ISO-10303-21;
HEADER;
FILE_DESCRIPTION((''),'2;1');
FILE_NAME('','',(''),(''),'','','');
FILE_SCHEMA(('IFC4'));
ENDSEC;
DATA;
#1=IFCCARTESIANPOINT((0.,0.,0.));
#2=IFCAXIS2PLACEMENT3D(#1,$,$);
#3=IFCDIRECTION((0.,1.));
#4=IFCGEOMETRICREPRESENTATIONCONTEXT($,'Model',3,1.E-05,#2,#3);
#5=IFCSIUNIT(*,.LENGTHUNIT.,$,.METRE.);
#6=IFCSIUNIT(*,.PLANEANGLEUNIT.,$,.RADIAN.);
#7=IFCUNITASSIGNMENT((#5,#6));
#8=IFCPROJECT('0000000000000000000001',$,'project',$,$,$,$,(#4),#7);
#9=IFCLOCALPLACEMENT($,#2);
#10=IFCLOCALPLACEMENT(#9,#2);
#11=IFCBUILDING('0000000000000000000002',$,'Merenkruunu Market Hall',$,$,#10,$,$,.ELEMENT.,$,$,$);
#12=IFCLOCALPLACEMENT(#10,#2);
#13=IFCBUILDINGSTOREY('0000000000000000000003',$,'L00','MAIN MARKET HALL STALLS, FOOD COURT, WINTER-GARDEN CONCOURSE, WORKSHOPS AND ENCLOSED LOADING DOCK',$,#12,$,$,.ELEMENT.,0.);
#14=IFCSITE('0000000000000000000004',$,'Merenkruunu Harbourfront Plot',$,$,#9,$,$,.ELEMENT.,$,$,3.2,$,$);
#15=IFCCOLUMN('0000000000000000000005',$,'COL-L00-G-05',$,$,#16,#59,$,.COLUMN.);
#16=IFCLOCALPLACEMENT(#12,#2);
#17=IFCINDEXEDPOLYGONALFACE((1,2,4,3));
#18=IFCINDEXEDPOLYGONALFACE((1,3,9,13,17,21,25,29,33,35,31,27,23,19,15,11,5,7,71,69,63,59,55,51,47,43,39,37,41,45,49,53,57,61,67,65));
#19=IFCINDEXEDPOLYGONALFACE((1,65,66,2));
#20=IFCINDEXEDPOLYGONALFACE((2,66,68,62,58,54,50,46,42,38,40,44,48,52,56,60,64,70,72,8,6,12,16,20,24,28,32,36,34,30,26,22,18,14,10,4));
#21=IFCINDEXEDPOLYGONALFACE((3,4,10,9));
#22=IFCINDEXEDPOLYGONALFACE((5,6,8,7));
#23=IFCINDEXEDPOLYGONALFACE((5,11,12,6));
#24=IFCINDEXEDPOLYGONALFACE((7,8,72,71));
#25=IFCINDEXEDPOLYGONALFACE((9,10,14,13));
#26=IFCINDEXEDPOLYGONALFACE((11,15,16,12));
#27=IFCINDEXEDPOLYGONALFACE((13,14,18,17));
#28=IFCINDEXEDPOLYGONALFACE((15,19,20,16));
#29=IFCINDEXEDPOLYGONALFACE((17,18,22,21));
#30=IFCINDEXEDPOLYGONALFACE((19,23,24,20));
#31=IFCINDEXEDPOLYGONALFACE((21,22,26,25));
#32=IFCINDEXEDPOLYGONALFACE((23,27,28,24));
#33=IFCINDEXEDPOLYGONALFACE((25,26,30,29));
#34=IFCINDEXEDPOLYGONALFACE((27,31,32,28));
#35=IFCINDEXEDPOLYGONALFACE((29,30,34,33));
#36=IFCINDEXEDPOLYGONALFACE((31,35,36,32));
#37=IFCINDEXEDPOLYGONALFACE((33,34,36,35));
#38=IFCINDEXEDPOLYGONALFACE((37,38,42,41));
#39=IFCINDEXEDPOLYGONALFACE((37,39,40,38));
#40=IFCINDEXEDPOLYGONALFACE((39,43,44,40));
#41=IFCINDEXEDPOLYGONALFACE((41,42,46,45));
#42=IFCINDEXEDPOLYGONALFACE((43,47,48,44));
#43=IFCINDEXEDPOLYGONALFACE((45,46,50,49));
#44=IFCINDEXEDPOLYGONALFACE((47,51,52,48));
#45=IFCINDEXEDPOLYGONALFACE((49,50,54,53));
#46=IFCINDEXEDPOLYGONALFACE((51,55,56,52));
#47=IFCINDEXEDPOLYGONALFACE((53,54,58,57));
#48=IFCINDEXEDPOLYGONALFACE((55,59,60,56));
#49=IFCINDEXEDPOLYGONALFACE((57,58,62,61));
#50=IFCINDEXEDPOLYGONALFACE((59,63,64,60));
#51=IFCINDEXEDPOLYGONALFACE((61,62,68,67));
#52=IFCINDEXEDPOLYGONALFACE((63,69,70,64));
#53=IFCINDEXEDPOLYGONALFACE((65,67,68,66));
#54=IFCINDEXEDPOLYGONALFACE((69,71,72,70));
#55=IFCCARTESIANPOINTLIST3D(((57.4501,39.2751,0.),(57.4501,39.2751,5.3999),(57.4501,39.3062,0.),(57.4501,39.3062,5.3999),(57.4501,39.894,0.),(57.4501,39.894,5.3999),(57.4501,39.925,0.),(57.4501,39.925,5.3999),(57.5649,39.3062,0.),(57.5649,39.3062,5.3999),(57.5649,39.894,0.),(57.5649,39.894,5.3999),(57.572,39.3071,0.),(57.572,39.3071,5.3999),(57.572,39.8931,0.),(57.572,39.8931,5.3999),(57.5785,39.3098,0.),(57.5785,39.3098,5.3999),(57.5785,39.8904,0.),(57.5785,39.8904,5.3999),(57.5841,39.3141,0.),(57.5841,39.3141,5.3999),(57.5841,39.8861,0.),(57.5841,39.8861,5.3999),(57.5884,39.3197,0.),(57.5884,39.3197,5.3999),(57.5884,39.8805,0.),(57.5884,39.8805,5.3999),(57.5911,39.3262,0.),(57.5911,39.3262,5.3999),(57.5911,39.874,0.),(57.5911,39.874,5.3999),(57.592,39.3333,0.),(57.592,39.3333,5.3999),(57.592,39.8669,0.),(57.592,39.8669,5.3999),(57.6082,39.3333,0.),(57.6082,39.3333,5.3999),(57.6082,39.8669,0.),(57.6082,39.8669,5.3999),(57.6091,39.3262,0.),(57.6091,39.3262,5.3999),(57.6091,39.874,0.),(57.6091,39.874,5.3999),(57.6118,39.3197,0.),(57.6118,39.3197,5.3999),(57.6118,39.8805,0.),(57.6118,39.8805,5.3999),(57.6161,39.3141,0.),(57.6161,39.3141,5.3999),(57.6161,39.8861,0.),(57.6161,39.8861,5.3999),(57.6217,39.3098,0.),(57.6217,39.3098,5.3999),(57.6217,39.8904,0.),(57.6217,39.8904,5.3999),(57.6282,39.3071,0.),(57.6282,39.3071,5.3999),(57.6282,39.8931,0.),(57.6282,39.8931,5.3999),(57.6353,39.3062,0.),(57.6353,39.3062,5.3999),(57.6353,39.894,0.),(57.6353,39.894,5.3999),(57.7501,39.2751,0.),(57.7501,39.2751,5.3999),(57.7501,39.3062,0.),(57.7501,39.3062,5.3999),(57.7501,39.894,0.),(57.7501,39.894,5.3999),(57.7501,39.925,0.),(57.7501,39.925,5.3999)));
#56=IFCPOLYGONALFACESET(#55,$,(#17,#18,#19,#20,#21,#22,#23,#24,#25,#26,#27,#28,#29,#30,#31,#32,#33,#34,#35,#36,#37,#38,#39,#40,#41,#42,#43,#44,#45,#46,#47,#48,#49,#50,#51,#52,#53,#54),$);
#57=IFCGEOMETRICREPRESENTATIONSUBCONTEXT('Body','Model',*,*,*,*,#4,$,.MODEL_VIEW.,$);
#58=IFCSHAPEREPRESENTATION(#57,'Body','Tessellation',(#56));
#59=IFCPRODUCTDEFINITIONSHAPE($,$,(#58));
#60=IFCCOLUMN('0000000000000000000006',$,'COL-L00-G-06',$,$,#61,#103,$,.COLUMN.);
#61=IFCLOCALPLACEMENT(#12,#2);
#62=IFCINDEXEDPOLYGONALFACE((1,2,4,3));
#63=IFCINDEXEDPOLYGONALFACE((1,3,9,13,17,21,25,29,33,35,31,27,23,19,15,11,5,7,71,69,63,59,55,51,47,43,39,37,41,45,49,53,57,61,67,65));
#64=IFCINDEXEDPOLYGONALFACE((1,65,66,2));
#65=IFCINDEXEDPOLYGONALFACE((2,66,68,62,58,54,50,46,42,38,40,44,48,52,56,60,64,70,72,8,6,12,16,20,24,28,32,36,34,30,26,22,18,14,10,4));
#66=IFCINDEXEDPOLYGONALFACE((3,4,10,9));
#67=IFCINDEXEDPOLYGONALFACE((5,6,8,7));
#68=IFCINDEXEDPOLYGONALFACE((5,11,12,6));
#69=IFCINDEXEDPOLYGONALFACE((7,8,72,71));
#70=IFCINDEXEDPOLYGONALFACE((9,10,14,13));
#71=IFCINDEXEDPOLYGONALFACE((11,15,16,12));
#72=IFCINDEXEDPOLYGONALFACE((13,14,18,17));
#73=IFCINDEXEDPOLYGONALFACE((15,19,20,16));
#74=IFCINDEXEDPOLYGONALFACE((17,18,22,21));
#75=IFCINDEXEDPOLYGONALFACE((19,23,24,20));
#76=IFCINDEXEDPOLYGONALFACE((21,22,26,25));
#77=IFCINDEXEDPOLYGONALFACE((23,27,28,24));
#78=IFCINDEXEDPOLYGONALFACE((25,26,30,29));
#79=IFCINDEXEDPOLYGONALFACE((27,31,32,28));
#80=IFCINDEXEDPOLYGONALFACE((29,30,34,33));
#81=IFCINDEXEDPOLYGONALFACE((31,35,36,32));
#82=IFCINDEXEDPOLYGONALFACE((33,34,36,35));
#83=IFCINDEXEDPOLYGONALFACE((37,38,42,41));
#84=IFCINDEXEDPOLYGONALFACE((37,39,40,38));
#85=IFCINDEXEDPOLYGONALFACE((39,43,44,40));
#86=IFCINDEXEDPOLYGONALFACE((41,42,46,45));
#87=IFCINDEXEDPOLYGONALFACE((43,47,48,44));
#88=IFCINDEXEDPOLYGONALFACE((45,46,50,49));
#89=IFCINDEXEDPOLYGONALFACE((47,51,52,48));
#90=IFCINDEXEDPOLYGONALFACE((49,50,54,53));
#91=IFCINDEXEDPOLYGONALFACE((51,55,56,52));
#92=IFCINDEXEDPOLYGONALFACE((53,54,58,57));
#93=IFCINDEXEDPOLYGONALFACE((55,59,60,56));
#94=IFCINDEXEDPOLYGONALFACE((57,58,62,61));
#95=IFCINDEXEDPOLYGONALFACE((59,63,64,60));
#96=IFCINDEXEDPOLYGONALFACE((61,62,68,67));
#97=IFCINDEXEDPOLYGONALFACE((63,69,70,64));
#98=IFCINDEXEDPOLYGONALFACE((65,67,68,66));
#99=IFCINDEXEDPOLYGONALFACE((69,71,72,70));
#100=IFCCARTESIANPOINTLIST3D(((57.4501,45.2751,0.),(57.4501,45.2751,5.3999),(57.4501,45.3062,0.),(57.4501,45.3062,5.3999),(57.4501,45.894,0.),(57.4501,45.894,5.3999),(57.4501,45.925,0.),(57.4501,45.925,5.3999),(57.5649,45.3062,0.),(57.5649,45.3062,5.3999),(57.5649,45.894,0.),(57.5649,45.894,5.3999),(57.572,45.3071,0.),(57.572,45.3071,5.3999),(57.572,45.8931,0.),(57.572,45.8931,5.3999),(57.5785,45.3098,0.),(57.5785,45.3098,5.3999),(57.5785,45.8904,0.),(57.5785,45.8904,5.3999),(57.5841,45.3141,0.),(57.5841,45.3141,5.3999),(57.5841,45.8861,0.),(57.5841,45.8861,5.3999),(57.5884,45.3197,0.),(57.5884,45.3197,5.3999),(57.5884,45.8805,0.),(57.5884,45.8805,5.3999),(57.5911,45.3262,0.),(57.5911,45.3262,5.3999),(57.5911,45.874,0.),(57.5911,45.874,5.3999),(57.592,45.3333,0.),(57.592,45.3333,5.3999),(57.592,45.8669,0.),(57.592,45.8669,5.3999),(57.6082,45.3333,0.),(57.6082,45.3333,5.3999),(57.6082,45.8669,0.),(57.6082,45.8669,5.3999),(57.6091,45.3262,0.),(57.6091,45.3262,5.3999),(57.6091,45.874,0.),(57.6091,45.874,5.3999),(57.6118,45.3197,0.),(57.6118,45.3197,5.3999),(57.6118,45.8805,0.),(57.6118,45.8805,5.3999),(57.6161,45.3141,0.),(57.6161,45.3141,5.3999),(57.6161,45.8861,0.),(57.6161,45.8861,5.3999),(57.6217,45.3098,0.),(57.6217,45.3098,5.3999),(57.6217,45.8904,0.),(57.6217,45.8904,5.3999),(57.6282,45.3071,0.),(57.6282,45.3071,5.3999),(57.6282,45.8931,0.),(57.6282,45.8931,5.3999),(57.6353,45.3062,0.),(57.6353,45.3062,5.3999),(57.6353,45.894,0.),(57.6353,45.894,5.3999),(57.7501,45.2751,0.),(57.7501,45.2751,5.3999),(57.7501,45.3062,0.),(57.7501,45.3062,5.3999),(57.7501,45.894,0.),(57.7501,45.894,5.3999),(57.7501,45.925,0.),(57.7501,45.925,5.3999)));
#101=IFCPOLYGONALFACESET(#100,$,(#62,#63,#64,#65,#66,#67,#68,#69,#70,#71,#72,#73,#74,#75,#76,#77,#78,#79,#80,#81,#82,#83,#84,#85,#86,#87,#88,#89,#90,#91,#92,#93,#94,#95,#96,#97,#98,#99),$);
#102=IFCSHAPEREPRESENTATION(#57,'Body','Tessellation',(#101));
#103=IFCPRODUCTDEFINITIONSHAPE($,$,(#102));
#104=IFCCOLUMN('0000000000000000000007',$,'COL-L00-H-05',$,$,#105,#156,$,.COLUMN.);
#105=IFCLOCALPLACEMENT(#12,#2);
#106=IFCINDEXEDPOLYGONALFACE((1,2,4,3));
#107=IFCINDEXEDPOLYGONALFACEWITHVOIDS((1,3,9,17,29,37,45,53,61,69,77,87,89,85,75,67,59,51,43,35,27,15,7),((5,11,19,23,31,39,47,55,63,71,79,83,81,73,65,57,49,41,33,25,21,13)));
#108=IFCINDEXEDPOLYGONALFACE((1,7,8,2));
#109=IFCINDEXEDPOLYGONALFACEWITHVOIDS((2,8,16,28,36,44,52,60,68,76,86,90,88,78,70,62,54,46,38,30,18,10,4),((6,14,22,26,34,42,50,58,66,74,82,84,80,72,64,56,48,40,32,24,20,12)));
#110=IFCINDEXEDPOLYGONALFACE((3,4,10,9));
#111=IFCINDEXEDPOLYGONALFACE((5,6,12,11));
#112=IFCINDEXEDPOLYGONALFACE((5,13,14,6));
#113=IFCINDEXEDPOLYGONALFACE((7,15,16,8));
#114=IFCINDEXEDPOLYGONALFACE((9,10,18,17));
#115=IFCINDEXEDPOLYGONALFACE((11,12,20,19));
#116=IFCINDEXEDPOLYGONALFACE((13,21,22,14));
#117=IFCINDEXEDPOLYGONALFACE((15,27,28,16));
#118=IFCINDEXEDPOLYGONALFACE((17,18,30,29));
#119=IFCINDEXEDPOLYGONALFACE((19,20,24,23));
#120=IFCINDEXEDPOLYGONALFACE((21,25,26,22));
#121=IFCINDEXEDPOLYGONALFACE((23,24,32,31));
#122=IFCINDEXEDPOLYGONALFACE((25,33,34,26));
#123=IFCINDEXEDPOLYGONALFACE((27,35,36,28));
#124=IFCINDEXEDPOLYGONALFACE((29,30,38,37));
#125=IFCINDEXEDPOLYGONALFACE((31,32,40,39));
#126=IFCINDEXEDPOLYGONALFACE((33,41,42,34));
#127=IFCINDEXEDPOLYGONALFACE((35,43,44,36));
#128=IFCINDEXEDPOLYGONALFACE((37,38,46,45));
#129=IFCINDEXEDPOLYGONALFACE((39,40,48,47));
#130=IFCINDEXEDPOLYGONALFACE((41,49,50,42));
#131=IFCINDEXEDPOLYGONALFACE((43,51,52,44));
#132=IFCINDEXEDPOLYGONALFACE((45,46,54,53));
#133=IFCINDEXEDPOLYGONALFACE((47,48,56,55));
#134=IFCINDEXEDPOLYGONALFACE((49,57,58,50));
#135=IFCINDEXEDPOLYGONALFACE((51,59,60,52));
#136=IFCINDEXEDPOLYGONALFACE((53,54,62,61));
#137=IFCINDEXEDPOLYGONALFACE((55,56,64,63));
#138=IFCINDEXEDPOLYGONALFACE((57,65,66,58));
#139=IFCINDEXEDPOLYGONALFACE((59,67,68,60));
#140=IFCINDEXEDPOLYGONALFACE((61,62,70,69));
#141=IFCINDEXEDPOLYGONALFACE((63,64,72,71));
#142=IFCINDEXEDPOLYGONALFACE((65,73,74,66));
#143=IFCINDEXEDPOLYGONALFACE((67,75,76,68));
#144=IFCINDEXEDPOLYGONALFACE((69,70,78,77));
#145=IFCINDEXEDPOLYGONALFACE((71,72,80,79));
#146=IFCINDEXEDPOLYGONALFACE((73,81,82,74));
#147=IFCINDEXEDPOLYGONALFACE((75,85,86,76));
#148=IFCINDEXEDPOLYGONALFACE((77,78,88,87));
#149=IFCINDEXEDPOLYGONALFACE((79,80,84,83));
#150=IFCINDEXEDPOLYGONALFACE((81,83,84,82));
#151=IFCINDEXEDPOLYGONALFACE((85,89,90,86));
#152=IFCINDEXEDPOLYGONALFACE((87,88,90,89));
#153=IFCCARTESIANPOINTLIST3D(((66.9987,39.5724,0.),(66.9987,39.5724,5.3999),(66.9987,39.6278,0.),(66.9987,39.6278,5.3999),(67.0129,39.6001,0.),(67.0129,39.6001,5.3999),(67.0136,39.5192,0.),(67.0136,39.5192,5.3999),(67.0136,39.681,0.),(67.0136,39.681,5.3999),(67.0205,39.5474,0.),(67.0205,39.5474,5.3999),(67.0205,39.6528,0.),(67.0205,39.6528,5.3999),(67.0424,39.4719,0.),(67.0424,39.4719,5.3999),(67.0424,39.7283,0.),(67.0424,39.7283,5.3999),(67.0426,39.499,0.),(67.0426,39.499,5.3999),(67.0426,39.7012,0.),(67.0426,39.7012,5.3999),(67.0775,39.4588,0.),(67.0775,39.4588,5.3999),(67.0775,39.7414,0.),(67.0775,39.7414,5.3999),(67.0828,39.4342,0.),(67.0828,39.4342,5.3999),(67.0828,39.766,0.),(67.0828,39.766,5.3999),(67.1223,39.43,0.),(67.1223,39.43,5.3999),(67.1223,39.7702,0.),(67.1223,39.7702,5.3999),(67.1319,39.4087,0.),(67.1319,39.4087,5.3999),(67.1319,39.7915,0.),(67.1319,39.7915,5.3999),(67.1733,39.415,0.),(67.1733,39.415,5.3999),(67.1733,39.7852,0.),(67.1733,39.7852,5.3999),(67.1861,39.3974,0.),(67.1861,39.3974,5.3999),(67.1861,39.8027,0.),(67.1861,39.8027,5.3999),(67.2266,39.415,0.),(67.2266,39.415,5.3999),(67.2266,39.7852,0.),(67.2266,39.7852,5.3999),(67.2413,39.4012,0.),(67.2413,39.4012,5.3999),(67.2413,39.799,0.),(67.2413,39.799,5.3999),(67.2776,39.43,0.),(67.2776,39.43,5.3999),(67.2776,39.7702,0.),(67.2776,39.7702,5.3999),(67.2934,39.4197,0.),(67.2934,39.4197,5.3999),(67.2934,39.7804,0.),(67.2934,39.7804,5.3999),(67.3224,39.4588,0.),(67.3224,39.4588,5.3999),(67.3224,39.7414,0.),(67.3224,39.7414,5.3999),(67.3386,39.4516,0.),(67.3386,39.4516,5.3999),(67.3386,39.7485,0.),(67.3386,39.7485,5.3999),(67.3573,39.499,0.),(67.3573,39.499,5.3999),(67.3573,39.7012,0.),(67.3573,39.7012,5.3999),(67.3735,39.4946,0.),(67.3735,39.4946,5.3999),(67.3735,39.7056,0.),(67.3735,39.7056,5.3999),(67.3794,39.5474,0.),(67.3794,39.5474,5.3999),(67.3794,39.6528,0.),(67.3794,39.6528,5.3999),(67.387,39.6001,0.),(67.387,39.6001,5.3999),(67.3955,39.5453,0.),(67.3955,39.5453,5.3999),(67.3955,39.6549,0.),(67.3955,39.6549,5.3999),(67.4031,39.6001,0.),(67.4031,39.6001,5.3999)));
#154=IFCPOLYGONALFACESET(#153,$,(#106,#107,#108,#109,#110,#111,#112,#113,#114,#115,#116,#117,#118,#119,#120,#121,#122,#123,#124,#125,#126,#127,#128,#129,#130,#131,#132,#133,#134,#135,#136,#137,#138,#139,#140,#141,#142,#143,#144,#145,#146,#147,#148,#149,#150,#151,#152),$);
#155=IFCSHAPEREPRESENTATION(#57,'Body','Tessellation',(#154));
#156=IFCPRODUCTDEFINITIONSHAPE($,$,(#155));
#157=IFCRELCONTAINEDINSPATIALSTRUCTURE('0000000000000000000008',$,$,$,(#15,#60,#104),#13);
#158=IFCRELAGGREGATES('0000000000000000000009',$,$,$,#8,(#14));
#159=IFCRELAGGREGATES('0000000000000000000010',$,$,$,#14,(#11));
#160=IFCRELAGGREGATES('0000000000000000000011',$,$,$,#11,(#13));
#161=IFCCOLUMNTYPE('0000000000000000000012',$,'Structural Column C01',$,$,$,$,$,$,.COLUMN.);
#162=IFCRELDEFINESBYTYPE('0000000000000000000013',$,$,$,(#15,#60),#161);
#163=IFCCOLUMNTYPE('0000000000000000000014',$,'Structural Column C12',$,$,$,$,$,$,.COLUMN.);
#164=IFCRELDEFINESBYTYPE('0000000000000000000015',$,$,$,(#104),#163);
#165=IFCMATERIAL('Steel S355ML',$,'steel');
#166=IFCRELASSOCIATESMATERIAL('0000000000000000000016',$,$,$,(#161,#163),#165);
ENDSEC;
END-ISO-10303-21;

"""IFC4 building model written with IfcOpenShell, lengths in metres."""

from ifc_helpers import new_model, si_unit, direction, frame, origin, origin_2d, place, context, subcontext, project, spatial, hollow_circle, i_section, extrude, material, material_profile, profile_set, type_object, element, save


model = new_model("IFC4")

# Units and contexts
model_context = context("Model", 3, precision=1e-05, world=origin(), true_north=direction((0.0, 1.0)))
body_context = subcontext(model_context, "Body", "Model", "MODEL_VIEW")
ifc_project = project(units=[si_unit("LENGTHUNIT", "METRE"), si_unit("PLANEANGLEUNIT", "RADIAN")], contexts=[model_context])

# Site, building, storey
site_placement = place(None, origin())
site = spatial("IfcSite", under=ifc_project, at=site_placement, Name="Merenkruunu Harbourfront Plot", CompositionType="ELEMENT", RefElevation=3.2)
building_placement = place(site_placement, origin())
building = spatial("IfcBuilding", under=site, at=building_placement, Name="Merenkruunu Market Hall", CompositionType="ELEMENT")
storey_placement = place(building_placement, origin())
storey = spatial("IfcBuildingStorey", under=building, at=storey_placement, Name="L00", Description="MAIN MARKET HALL STALLS, FOOD COURT, WINTER-GARDEN CONCOURSE, WORKSHOPS AND ENCLOSED LOADING DOCK", CompositionType="ELEMENT", Elevation=0.0)

# Columns
ifc_material_1 = material(Name="Steel S355ML", Category="steel")
ifc_material_profile_1 = material_profile(ifc_material_1, i_section(OverallWidth=0.3, OverallDepth=0.6499, WebThickness=0.0161, FlangeThickness=0.031, FilletRadius=0.0271, at=origin_2d()), Name="HEB 650")
ifc_profile_set_1 = profile_set([ifc_material_profile_1], Name="Steel S355ML")
column_type_1 = type_object("IfcColumnType", Name="Structural Column C01", PredefinedType="COLUMN", material=ifc_profile_set_1)
for number, where, z_axis, x_axis, name in (
    (1, (57.6001, 39.6001, 0.0), (0.0, 0.0, 1.0), (1.0, 0.0, 0.0), "COL-L00-G-05"),
    (2, (57.6001, 45.6001, 0.0), (0.0, 0.0, 1.0), (1.0, 0.0, 0.0), "COL-L00-G-06"),
):
    element("IfcColumn", number, at=place(storey_placement, frame(where, z_axis=z_axis, x_axis=x_axis)), inside=storey, type_object=column_type_1, Name=name, PredefinedType="COLUMN", context=body_context, shape_type="SweptSolid", body=[
        extrude(i_section(OverallWidth=0.3, OverallDepth=0.6499, WebThickness=0.0161, FlangeThickness=0.031, FilletRadius=0.0271, at=origin_2d()), origin(), (0.0, 0.0, 1.0), 5.3999),
    ])
ifc_material_profile_2 = material_profile(ifc_material_1, hollow_circle(Radius=0.2031, WallThickness=0.0161, at=origin_2d()), Name="CHS 406.4x16")
ifc_profile_set_2 = profile_set([ifc_material_profile_2], Name="Steel S355ML")
column_type_2 = type_object("IfcColumnType", Name="Structural Column C12", PredefinedType="COLUMN", material=ifc_profile_set_2)
for number, where, z_axis, x_axis, name in (
    (3, (67.2, 39.6001, 0.0), (0.0, 0.0, 1.0), (1.0, 0.0, 0.0), "COL-L00-H-05"),
):
    element("IfcColumn", number, at=place(storey_placement, frame(where, z_axis=z_axis, x_axis=x_axis)), inside=storey, type_object=column_type_2, Name=name, PredefinedType="COLUMN", context=body_context, shape_type="SweptSolid", body=[
        extrude(hollow_circle(Radius=0.2031, WallThickness=0.0161, at=origin_2d()), origin(), (0.0, 0.0, 1.0), 5.3999),
    ])

save(model, "model.ifc")
